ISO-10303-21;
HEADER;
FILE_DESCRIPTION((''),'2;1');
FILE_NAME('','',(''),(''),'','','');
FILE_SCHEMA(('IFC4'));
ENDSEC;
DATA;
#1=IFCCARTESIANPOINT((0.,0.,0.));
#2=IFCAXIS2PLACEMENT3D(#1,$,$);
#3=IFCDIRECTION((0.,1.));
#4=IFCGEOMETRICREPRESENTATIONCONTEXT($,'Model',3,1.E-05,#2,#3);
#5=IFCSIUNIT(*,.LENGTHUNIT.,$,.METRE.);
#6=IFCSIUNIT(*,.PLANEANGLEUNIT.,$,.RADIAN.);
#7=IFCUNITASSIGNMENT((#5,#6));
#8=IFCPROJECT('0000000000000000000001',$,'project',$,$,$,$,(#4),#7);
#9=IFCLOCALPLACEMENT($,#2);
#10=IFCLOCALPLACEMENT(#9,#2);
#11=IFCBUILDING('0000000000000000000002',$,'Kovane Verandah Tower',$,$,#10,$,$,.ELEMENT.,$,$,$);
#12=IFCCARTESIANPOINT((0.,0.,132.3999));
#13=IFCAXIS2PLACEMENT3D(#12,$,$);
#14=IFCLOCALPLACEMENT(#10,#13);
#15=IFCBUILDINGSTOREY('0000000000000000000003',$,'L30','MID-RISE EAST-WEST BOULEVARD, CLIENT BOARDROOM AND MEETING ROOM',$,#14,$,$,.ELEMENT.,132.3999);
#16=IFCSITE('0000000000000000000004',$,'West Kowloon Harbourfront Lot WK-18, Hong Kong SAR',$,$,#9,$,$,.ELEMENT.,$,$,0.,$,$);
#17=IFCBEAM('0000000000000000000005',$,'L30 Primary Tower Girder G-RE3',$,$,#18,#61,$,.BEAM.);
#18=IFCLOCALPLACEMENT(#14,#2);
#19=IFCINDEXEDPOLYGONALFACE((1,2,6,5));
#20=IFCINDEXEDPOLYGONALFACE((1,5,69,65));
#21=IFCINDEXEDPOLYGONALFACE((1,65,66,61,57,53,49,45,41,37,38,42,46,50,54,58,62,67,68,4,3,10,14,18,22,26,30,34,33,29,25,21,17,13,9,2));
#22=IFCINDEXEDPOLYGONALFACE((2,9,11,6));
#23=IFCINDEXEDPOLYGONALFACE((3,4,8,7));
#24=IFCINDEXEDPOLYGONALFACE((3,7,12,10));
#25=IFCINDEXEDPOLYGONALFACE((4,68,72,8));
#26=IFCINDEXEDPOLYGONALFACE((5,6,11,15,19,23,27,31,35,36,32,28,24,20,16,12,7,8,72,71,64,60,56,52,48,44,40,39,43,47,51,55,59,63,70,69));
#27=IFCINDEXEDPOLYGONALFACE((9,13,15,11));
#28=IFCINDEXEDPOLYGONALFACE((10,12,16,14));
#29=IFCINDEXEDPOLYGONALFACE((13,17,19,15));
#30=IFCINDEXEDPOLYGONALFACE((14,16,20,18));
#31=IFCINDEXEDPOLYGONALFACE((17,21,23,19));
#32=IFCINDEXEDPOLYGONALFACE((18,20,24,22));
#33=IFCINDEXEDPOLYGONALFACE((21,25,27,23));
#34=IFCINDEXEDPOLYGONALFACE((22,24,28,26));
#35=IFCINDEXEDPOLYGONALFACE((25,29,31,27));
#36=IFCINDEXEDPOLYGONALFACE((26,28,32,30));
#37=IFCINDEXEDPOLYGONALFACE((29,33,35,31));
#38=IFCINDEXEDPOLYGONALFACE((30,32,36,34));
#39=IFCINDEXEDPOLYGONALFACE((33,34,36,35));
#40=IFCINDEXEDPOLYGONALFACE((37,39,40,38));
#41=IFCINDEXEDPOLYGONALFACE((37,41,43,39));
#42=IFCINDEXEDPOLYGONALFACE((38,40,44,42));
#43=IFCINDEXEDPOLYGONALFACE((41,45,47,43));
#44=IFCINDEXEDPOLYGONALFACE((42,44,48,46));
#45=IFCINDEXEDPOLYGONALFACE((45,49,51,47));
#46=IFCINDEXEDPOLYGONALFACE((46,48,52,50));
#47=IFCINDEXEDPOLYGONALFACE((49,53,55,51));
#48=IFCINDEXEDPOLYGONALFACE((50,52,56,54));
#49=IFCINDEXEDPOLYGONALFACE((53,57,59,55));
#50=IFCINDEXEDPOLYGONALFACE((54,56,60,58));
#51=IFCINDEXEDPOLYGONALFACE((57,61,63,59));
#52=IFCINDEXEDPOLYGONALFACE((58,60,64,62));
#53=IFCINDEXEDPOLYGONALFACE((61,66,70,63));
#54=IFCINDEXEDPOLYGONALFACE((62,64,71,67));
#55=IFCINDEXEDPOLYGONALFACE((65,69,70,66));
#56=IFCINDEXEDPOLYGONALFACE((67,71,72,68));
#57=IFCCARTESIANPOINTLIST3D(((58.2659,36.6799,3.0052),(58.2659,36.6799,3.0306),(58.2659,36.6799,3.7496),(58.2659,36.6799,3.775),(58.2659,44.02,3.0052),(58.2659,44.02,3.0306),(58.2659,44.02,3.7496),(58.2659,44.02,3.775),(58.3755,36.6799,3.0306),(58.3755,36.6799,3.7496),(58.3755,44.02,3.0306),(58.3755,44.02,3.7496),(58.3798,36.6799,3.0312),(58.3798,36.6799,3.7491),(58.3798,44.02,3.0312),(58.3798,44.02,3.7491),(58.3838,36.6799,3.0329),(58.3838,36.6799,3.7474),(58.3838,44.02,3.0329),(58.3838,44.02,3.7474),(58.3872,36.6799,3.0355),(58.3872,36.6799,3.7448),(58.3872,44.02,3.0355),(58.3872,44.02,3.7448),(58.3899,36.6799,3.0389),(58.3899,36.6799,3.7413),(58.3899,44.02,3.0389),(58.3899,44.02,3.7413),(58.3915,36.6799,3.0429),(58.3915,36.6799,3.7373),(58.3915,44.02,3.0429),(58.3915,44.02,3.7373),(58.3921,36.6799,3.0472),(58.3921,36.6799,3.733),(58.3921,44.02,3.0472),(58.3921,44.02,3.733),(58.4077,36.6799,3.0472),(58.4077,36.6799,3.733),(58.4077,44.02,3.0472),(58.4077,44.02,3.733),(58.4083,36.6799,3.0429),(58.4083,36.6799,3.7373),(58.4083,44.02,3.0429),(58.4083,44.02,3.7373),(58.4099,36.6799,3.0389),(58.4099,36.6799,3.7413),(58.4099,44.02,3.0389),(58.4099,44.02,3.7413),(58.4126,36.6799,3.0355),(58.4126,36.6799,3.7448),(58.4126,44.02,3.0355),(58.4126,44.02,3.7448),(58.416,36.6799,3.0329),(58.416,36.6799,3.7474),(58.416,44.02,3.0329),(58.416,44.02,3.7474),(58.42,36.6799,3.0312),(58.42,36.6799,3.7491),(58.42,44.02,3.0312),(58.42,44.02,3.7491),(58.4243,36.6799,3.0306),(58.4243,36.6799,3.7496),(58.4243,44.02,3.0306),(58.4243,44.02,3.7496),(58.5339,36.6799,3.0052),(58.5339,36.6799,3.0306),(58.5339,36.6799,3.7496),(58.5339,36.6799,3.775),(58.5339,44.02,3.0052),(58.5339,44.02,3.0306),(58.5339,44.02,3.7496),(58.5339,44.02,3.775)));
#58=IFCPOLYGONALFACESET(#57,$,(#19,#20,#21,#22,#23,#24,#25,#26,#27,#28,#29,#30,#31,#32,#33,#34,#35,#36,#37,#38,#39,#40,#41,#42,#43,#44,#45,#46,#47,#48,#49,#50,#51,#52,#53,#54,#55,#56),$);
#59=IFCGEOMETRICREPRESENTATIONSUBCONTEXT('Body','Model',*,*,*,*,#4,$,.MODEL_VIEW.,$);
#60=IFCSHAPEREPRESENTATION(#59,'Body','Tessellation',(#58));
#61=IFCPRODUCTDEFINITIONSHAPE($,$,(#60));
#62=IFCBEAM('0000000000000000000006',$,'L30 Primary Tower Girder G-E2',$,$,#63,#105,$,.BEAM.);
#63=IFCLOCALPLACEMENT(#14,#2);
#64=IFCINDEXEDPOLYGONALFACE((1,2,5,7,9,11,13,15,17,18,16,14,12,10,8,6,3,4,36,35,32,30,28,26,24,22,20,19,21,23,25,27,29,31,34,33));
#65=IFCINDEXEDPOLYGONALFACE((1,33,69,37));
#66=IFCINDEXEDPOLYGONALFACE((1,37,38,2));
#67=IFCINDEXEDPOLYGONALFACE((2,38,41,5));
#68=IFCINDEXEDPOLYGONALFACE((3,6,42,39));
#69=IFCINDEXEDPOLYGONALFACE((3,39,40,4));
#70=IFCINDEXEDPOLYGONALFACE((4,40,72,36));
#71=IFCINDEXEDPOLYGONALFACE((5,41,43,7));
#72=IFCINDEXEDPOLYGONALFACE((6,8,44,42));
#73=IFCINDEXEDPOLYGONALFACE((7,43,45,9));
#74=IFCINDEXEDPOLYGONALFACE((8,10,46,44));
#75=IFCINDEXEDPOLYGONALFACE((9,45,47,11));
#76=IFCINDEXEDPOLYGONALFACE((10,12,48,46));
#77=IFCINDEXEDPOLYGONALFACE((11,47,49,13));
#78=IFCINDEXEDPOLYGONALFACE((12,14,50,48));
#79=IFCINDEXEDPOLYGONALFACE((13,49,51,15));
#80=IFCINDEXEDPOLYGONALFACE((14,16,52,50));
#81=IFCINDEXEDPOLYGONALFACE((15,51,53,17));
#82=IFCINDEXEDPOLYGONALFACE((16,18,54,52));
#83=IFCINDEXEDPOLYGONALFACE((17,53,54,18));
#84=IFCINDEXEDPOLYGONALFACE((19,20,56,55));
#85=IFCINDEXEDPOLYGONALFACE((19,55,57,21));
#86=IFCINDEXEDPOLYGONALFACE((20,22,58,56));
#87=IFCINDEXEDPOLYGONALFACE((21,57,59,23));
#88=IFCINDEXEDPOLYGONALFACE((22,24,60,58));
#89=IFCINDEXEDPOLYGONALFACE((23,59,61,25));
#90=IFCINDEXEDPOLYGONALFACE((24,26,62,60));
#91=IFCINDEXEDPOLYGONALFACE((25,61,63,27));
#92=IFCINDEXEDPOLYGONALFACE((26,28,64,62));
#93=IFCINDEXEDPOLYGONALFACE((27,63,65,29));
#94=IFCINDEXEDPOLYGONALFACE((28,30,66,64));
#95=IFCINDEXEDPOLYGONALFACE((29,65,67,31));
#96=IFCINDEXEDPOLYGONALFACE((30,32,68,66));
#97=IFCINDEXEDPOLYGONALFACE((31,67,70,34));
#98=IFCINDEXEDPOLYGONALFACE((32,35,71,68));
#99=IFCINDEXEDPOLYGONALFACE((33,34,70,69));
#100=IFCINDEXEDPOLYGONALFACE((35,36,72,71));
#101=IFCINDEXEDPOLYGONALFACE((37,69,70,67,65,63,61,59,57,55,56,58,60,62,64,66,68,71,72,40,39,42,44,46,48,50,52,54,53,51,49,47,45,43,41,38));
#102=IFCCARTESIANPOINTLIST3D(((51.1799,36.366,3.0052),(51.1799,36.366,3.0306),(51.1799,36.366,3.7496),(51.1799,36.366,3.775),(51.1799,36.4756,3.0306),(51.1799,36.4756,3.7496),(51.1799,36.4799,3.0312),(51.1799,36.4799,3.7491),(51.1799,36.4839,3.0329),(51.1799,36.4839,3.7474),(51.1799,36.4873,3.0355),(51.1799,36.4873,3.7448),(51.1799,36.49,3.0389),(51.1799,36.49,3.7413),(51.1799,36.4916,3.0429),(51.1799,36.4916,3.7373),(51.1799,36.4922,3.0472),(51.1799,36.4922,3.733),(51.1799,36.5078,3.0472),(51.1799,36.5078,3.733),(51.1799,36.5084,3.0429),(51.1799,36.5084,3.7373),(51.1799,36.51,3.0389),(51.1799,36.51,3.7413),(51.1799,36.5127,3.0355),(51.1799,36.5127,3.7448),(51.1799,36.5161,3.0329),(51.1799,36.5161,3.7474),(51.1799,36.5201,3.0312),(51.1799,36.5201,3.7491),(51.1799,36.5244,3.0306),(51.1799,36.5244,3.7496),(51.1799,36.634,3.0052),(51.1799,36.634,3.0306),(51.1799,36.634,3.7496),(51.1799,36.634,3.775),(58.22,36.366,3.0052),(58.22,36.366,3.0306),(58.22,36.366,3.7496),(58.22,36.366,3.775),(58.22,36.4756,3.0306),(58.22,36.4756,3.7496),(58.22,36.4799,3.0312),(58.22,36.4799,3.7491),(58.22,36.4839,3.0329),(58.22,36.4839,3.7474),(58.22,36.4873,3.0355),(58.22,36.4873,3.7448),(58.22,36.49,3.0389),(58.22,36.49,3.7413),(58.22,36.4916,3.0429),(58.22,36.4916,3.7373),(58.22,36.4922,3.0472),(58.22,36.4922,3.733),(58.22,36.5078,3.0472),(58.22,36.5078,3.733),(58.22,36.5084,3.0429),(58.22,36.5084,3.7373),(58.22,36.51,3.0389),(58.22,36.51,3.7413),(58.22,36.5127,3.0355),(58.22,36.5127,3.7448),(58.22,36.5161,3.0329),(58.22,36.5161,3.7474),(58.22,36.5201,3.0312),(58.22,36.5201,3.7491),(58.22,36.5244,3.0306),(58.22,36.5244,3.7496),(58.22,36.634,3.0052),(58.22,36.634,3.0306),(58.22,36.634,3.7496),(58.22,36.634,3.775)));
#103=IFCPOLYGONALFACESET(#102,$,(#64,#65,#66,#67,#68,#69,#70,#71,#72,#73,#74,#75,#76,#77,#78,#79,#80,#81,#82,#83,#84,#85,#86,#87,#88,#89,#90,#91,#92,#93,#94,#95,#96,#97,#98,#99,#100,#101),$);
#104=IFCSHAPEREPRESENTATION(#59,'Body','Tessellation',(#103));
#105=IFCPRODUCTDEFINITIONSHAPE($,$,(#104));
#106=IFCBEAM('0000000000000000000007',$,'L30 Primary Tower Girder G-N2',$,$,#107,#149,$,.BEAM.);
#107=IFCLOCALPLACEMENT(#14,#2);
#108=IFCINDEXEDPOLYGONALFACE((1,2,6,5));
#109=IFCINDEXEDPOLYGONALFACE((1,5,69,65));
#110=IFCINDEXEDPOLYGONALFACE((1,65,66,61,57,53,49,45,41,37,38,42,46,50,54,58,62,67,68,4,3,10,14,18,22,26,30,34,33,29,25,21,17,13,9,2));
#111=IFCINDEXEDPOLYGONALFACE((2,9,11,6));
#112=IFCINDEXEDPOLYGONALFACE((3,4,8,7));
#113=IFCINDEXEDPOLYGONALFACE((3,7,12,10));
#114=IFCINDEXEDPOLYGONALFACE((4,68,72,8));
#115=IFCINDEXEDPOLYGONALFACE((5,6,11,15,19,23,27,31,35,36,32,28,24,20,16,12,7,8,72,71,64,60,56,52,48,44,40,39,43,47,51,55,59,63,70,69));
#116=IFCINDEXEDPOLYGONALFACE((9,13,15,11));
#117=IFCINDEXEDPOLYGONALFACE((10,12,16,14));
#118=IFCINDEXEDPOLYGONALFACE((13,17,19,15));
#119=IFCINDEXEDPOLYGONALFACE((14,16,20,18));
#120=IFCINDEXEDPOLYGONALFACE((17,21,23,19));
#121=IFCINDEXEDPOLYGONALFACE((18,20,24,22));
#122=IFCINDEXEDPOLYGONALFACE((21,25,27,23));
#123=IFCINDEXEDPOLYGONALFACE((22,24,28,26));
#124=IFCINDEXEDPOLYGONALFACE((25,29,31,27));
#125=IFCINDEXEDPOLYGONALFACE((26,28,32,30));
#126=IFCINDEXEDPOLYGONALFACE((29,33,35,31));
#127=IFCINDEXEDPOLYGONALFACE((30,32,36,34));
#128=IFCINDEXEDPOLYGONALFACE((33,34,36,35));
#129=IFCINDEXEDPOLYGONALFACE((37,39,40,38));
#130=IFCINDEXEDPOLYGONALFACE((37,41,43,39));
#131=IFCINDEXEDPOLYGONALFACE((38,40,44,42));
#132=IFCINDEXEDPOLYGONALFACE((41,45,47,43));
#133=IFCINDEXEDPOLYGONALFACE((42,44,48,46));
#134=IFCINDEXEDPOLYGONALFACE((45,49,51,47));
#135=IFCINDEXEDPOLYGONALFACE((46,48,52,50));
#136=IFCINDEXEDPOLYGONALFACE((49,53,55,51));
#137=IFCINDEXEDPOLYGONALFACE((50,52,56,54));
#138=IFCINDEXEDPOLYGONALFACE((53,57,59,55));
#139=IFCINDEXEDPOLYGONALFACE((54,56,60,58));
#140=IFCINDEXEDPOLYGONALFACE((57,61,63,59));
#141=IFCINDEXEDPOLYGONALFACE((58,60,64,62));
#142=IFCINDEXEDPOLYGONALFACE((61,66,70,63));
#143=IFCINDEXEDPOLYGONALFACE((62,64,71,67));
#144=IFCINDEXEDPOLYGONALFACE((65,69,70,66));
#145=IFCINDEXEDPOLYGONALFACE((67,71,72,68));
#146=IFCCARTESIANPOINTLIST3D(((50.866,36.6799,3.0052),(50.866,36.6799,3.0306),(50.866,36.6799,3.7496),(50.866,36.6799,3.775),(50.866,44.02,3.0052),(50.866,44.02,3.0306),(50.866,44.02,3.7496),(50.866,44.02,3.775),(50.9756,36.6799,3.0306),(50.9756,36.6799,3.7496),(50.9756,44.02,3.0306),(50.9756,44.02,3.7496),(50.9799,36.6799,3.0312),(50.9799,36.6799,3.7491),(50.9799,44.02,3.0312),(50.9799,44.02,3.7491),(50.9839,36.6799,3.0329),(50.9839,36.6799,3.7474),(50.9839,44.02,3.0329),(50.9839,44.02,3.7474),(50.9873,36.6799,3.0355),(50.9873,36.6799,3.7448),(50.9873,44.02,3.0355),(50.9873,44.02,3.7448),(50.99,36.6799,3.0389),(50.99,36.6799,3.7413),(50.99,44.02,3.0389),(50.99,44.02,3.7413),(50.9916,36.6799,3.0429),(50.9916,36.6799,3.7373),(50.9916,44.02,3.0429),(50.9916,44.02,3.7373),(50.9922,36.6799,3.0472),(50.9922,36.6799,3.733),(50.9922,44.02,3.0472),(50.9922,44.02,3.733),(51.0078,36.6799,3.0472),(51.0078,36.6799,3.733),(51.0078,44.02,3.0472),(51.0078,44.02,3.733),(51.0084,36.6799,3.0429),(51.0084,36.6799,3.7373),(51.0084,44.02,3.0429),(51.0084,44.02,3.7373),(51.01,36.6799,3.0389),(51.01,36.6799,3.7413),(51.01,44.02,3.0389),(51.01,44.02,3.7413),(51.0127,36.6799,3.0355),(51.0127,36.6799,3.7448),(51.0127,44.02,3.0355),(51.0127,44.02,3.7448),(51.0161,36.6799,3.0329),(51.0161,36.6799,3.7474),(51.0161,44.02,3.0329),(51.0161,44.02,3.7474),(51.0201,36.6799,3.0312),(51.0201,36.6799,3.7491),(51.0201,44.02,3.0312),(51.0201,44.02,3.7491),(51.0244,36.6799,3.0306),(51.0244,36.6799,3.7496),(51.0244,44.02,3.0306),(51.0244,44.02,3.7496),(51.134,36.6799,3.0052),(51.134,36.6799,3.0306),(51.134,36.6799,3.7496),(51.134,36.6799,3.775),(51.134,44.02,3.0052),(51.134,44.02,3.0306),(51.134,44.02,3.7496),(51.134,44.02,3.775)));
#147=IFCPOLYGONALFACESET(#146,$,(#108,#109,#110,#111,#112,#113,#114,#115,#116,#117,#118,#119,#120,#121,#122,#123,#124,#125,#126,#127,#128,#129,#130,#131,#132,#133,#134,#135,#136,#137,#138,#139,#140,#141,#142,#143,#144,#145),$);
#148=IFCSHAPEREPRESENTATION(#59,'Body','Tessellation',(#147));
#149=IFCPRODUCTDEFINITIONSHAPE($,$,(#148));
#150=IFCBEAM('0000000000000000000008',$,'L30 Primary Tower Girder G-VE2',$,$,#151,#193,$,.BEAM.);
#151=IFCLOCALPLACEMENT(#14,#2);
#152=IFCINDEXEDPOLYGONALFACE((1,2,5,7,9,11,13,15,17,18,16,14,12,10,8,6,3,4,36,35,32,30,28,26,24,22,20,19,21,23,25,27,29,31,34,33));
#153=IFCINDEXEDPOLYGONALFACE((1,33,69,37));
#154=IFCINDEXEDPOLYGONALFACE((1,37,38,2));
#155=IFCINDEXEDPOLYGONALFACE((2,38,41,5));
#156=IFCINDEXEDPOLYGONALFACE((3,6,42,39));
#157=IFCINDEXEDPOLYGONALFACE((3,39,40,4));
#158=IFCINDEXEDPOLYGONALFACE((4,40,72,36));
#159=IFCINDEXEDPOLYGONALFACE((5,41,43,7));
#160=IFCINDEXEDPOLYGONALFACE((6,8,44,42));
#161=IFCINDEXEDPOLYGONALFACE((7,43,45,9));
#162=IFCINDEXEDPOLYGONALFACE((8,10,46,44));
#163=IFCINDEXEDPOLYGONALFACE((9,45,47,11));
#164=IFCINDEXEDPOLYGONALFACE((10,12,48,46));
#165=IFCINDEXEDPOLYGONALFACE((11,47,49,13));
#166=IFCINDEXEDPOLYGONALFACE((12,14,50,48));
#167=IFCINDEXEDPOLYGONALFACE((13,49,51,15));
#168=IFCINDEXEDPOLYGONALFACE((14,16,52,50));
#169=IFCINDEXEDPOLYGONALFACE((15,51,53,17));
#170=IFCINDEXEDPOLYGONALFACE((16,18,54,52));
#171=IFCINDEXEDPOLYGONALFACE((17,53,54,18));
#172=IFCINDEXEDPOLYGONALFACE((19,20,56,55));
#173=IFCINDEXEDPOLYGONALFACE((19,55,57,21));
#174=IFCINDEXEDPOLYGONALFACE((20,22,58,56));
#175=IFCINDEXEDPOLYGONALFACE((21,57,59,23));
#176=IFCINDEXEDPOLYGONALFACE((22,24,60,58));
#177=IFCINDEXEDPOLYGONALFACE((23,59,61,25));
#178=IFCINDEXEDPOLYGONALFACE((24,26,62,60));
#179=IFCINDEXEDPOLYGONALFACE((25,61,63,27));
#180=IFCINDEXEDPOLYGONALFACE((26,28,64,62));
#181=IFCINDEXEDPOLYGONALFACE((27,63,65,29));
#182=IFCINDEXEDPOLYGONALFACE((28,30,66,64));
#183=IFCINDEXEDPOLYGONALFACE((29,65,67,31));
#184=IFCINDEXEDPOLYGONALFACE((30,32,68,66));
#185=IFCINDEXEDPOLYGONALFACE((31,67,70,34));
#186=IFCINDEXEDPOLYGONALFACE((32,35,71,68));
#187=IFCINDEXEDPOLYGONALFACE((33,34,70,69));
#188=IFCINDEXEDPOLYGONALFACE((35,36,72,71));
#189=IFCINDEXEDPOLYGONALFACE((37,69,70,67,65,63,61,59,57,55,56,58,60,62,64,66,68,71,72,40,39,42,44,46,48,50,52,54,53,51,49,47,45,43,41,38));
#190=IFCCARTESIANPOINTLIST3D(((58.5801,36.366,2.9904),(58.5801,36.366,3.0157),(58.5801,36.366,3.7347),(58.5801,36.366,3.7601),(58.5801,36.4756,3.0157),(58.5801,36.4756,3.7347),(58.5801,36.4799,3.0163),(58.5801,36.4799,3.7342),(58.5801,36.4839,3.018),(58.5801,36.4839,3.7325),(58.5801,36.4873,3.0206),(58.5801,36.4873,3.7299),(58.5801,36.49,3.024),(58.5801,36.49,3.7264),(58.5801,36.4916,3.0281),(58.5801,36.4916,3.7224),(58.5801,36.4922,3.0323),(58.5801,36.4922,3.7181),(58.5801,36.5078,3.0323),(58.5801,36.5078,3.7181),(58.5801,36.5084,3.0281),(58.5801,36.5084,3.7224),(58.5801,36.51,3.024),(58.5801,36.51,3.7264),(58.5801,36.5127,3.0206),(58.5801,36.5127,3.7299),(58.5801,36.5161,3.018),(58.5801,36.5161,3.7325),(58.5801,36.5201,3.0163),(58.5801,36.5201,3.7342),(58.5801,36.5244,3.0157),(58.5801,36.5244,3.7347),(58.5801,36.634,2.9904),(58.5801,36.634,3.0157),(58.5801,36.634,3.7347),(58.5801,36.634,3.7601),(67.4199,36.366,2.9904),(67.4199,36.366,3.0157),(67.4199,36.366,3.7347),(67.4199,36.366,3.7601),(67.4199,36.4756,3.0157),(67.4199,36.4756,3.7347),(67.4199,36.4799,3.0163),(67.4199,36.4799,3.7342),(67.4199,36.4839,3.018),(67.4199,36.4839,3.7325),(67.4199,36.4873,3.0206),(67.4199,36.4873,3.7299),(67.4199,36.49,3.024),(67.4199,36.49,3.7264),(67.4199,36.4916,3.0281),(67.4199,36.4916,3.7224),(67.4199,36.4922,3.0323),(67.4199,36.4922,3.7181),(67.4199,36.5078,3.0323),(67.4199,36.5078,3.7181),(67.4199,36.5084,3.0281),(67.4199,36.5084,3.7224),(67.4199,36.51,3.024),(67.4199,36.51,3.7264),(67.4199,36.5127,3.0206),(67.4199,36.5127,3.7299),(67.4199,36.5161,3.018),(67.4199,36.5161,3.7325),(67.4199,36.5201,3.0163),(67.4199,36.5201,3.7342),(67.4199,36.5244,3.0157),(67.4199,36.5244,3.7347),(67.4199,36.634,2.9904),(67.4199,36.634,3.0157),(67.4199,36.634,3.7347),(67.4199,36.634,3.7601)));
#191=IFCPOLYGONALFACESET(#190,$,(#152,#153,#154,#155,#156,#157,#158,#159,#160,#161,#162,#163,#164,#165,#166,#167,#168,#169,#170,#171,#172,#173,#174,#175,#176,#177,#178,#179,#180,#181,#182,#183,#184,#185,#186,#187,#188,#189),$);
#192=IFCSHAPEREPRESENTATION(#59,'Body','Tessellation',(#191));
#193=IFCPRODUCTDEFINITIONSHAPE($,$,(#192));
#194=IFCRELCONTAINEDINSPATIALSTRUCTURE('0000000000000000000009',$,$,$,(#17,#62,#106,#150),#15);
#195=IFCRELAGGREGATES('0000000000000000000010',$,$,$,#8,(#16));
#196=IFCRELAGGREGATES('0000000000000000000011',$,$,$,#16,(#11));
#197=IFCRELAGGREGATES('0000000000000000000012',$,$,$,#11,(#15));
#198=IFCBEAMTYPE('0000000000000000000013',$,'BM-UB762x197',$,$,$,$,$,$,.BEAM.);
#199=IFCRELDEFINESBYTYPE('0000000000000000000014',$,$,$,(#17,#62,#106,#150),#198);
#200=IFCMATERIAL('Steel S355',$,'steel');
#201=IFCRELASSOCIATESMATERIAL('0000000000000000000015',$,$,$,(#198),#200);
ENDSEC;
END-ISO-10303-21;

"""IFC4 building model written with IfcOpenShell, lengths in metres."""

from ifc_helpers import new_model, si_unit, direction, frame, origin, origin_2d, place, context, subcontext, project, spatial, i_section, extrude, material, material_profile, profile_set, type_object, element, save


model = new_model("IFC4")

# Units and contexts
model_context = context("Model", 3, precision=1e-05, world=origin(), true_north=direction((0.0, 1.0)))
body_context = subcontext(model_context, "Body", "Model", "MODEL_VIEW")
ifc_project = project(units=[si_unit("LENGTHUNIT", "METRE"), si_unit("PLANEANGLEUNIT", "RADIAN")], contexts=[model_context])

# Site, building, storey
site_placement = place(None, origin())
site = spatial("IfcSite", under=ifc_project, at=site_placement, Name="West Kowloon Harbourfront Lot WK-18, Hong Kong SAR", CompositionType="ELEMENT", RefElevation=0.0)
building_placement = place(site_placement, origin())
building = spatial("IfcBuilding", under=site, at=building_placement, Name="Kovane Verandah Tower", CompositionType="ELEMENT")
storey_placement = place(building_placement, frame((0.0, 0.0, 132.3999)))
storey = spatial("IfcBuildingStorey", under=building, at=storey_placement, Name="L30", Description="MID-RISE EAST-WEST BOULEVARD, CLIENT BOARDROOM AND MEETING ROOM", CompositionType="ELEMENT", Elevation=132.3999)

# Beams
ifc_material_1 = material(Name="Steel S355", Category="steel")
ifc_material_profile_1 = material_profile(ifc_material_1, i_section(OverallWidth=0.2681, OverallDepth=0.7698, WebThickness=0.0156, FlangeThickness=0.0254, FilletRadius=0.0166, at=origin_2d()), Name="UB762x267x197")
ifc_profile_set_1 = profile_set([ifc_material_profile_1], Name="Steel S355")
beam_type_1 = type_object("IfcBeamType", Name="BM-UB762x197", PredefinedType="BEAM", material=ifc_profile_set_1)
beam_1_placement = place(storey_placement, frame((58.3999, 36.6799, 3.3901), z_axis=(0.0, 1.0, 0.0), x_axis=(-1.0, 0.0, 0.0)))
element("IfcBeam", 1, at=beam_1_placement, inside=storey, type_object=beam_type_1, Name="L30 Primary Tower Girder G-RE3", PredefinedType="BEAM", context=body_context, shape_type="SweptSolid", body=[
    extrude(i_section(OverallWidth=0.2681, OverallDepth=0.7698, WebThickness=0.0156, FlangeThickness=0.0254, FilletRadius=0.0166, at=origin_2d()), origin(), (0.0, 0.0, 1.0), 7.3401),
])
beam_2_placement = place(storey_placement, frame((51.1799, 36.5, 3.3901), z_axis=(1.0, 0.0, 0.0), x_axis=(0.0, 1.0, 0.0)))
element("IfcBeam", 2, at=beam_2_placement, inside=storey, type_object=beam_type_1, Name="L30 Primary Tower Girder G-E2", PredefinedType="BEAM", context=body_context, shape_type="SweptSolid", body=[
    extrude(i_section(OverallWidth=0.2681, OverallDepth=0.7698, WebThickness=0.0156, FlangeThickness=0.0254, FilletRadius=0.0166, at=origin_2d()), origin(), (0.0, 0.0, 1.0), 7.04),
])
beam_3_placement = place(storey_placement, frame((51.0, 36.6799, 3.3901), z_axis=(0.0, 1.0, 0.0), x_axis=(-1.0, 0.0, 0.0)))
element("IfcBeam", 3, at=beam_3_placement, inside=storey, type_object=beam_type_1, Name="L30 Primary Tower Girder G-N2", PredefinedType="BEAM", context=body_context, shape_type="SweptSolid", body=[
    extrude(i_section(OverallWidth=0.2681, OverallDepth=0.7698, WebThickness=0.0156, FlangeThickness=0.0254, FilletRadius=0.0166, at=origin_2d()), origin(), (0.0, 0.0, 1.0), 7.3401),
])
beam_4_placement = place(storey_placement, frame((58.5801, 36.5, 3.3752), z_axis=(1.0, 0.0, 0.0), x_axis=(0.0, 1.0, 0.0)))
element("IfcBeam", 4, at=beam_4_placement, inside=storey, type_object=beam_type_1, Name="L30 Primary Tower Girder G-VE2", PredefinedType="BEAM", context=body_context, shape_type="SweptSolid", body=[
    extrude(i_section(OverallWidth=0.2681, OverallDepth=0.7698, WebThickness=0.0156, FlangeThickness=0.0254, FilletRadius=0.0166, at=origin_2d()), origin(), (0.0, 0.0, 1.0), 8.8398),
])

save(model, "model.ifc")
